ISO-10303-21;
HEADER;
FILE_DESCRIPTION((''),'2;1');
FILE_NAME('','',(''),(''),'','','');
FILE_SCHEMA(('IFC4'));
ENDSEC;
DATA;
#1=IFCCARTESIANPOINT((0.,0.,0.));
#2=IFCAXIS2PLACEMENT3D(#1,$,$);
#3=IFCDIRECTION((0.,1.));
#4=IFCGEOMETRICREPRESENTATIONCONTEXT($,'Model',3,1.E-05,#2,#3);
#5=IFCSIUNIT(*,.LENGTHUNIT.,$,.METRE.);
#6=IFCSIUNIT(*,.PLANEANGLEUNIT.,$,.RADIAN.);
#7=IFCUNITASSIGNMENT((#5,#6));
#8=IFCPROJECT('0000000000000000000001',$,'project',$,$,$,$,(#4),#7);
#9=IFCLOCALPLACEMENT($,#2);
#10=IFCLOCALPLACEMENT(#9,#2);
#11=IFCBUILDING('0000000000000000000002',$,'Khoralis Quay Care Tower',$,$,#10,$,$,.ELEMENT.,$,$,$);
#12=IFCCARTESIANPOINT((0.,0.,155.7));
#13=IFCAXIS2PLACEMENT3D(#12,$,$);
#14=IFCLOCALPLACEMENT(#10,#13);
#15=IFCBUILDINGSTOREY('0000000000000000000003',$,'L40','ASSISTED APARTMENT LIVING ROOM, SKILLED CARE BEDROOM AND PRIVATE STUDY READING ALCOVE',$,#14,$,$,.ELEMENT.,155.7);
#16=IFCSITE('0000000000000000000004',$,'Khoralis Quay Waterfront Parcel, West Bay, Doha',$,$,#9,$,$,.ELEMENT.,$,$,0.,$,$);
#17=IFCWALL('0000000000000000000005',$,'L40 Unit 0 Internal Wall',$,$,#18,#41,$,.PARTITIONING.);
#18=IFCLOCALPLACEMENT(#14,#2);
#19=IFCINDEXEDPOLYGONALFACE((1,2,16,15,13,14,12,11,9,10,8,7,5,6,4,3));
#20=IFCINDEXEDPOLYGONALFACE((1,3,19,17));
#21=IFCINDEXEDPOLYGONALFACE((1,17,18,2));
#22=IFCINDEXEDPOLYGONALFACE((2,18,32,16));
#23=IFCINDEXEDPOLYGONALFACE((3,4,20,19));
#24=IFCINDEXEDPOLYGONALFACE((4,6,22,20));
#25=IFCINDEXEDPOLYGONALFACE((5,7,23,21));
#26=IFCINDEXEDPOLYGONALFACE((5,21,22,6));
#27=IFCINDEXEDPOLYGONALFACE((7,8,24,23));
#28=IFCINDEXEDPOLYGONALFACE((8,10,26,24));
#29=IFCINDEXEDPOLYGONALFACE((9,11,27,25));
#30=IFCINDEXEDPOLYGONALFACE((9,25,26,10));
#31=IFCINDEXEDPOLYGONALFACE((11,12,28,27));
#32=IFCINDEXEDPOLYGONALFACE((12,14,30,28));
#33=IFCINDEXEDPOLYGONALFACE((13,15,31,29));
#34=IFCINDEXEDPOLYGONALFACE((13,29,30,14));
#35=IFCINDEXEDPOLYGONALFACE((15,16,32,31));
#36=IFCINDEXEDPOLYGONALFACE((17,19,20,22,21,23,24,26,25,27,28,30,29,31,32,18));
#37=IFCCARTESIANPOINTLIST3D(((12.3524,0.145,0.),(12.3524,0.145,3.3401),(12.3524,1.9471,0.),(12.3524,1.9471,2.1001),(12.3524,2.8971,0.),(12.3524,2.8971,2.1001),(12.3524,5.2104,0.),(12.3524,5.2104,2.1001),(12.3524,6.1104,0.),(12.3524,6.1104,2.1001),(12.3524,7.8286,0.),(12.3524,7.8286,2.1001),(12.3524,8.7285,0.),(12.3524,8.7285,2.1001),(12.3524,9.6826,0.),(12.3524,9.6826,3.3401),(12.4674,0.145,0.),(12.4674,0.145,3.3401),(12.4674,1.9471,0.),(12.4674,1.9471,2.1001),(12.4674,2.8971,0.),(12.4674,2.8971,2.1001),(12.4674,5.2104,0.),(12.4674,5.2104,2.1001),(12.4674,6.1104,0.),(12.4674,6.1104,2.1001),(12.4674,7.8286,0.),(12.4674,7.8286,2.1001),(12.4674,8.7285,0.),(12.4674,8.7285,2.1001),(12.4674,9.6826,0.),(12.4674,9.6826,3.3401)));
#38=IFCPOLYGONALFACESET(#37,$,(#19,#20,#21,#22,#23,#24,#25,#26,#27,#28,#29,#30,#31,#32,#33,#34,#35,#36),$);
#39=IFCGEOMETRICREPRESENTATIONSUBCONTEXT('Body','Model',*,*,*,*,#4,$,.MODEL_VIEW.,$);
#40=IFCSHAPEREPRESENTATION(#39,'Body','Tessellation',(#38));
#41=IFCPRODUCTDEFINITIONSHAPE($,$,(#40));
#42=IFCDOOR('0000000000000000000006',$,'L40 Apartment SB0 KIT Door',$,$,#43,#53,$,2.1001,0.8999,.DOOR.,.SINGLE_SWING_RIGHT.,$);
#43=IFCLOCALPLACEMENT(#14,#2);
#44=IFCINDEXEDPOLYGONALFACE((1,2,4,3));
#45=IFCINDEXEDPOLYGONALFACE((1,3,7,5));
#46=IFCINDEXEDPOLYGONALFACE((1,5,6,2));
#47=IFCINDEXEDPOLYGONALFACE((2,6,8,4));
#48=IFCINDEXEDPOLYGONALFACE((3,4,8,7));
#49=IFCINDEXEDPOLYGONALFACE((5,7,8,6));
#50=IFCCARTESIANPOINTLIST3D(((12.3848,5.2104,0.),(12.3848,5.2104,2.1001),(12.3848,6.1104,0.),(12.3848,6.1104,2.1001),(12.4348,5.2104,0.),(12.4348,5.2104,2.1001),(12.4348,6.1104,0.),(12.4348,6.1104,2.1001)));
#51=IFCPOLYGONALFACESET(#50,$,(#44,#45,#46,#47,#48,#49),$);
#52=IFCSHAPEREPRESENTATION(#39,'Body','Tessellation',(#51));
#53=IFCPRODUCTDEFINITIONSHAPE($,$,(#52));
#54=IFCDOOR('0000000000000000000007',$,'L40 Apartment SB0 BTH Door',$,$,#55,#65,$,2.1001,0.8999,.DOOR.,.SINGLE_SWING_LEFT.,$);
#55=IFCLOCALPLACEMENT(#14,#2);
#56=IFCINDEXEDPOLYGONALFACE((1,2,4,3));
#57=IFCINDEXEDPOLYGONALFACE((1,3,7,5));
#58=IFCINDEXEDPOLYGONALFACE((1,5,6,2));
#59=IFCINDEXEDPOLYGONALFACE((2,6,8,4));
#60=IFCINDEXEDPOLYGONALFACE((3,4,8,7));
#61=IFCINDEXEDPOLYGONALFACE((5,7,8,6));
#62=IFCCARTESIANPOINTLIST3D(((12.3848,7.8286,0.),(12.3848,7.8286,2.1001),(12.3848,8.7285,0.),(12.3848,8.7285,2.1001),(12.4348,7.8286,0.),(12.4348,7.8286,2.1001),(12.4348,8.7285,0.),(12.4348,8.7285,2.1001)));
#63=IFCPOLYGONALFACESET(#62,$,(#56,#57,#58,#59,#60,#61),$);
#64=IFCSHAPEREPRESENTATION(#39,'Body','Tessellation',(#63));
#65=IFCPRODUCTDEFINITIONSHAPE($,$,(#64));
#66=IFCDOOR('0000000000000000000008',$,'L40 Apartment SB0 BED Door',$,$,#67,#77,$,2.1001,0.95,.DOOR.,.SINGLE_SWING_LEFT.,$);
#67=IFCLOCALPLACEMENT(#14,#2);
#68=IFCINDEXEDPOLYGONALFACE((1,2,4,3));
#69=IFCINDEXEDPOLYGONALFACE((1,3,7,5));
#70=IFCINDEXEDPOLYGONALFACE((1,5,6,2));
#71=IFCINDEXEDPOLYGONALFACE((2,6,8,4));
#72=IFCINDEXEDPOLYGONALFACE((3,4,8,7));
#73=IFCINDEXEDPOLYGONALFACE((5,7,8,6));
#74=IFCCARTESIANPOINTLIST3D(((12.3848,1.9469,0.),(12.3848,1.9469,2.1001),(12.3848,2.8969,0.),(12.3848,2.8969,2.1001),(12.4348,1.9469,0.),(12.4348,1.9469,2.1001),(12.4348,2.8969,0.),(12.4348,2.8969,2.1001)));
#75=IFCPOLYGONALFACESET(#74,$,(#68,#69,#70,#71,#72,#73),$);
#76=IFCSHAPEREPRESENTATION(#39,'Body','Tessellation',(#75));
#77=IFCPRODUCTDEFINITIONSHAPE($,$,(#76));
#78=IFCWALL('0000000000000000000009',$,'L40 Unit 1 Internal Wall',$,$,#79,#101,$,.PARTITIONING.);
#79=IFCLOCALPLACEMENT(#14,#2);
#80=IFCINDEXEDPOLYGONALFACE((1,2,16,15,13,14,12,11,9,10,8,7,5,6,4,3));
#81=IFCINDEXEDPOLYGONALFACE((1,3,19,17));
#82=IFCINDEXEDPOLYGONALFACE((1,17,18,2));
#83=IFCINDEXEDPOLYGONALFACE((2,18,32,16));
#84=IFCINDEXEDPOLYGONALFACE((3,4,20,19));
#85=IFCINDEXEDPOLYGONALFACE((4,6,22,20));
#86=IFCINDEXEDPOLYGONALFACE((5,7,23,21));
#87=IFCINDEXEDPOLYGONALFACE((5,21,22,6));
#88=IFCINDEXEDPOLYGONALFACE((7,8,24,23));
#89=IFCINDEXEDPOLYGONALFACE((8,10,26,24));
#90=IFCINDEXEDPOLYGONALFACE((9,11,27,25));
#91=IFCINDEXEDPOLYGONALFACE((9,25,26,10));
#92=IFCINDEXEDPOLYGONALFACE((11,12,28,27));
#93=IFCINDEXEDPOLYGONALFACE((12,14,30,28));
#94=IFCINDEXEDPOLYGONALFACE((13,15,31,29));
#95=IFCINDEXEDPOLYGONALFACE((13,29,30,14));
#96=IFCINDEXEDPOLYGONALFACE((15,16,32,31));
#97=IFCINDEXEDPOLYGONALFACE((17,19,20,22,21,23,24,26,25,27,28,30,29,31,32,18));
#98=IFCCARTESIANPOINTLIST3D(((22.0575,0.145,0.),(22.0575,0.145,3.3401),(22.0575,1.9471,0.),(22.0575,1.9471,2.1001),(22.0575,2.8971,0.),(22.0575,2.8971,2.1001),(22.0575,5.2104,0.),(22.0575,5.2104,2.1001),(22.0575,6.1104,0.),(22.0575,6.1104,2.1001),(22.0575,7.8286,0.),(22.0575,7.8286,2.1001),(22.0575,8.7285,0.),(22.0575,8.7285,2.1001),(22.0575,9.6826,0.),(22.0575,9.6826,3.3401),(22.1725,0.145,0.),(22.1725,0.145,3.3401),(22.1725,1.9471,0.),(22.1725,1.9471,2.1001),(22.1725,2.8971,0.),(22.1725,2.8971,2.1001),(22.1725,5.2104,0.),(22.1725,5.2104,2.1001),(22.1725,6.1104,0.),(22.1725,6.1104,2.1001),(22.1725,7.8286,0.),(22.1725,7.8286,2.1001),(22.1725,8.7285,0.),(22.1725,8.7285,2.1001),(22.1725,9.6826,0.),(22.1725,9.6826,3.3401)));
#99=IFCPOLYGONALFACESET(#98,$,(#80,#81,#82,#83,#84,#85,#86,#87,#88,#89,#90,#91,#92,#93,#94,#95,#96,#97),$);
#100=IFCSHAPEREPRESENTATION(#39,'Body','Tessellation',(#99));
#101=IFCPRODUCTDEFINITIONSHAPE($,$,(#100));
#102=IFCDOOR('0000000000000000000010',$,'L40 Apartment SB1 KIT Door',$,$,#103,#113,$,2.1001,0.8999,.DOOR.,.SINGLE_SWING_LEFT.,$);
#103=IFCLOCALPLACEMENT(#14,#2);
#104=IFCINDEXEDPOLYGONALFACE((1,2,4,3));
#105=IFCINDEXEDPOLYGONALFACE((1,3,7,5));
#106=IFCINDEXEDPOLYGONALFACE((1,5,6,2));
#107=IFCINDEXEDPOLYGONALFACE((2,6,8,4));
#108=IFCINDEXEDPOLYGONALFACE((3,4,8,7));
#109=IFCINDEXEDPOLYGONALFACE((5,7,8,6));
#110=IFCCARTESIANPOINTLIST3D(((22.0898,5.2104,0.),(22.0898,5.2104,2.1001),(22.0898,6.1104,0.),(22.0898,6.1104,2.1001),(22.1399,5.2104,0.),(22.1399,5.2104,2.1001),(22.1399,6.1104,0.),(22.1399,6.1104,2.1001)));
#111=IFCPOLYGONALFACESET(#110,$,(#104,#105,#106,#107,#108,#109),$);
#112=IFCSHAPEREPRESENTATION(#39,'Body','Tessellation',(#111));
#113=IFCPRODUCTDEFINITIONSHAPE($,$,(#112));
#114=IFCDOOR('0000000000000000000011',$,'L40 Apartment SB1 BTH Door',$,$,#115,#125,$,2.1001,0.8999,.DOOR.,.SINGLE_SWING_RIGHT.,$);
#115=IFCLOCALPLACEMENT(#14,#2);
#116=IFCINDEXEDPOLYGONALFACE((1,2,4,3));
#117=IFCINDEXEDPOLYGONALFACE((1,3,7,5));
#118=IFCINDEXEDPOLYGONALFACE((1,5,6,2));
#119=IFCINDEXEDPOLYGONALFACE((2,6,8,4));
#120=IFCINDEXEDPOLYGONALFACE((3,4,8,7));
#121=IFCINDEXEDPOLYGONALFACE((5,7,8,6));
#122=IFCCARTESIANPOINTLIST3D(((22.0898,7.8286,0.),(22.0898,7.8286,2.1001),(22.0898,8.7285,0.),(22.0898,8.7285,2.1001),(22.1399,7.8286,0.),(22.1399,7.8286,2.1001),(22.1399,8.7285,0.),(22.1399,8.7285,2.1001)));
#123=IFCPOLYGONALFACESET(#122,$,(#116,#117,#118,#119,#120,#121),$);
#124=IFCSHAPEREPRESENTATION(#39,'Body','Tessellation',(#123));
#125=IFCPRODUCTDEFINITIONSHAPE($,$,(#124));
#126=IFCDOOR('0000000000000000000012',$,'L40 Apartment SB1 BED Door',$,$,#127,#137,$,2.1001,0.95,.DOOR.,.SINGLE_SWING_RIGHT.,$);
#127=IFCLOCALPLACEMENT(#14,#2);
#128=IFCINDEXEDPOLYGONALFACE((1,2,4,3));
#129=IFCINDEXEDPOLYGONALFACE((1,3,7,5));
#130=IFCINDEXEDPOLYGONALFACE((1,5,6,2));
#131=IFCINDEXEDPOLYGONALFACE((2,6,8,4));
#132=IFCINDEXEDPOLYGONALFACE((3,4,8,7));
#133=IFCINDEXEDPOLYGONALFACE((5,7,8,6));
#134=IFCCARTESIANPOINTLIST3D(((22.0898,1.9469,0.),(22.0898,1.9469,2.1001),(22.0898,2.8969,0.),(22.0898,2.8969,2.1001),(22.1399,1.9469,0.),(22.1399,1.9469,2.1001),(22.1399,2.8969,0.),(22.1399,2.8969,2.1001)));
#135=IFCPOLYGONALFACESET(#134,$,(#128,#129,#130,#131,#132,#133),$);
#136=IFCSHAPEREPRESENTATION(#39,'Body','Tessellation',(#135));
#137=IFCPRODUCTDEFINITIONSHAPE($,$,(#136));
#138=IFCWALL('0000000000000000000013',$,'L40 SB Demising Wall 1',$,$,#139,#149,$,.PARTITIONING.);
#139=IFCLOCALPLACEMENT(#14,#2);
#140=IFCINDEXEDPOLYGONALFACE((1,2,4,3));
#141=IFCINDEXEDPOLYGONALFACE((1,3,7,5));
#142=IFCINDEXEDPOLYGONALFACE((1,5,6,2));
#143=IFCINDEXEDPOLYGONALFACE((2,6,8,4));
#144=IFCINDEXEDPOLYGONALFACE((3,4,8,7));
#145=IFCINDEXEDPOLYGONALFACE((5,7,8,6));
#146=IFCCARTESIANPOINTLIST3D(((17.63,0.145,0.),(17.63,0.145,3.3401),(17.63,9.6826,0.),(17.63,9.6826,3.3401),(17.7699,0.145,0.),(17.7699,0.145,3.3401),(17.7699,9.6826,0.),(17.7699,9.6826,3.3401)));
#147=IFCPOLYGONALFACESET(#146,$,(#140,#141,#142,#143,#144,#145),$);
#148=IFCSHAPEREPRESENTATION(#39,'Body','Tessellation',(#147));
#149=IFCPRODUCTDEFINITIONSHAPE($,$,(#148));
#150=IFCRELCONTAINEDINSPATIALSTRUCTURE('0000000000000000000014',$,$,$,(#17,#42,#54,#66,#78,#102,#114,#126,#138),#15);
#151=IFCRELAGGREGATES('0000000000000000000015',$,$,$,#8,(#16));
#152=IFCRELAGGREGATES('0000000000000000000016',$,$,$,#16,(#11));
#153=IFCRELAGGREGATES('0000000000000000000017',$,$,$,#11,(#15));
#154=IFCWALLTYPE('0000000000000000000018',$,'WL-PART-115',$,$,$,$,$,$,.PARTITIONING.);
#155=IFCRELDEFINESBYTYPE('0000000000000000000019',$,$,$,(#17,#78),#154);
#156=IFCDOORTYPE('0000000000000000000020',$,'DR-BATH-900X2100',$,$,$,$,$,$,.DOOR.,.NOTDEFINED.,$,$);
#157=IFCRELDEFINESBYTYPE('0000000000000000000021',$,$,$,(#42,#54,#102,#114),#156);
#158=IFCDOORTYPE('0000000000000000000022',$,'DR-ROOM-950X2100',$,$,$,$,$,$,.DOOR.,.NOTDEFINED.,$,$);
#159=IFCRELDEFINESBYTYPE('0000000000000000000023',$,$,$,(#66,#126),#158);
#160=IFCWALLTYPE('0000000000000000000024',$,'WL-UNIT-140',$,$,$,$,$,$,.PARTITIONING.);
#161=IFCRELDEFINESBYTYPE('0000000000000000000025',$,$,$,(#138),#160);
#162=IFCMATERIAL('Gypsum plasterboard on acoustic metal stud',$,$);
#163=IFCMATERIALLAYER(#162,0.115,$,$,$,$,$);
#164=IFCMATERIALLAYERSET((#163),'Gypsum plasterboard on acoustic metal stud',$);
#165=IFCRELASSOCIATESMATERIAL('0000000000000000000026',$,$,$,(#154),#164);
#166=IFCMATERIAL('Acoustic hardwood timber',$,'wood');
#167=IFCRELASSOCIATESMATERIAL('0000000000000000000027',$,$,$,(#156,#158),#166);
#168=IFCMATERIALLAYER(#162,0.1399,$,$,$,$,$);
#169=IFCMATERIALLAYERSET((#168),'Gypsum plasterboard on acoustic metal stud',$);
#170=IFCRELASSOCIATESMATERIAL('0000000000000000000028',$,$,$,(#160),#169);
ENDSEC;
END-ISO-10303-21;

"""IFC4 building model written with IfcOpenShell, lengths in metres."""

from ifc_helpers import new_model, si_unit, direction, frame, frame_2d, origin, place, context, subcontext, project, spatial, rectangle, extrude, source, transform, mapped, material, layer, layer_set, type_object, element, fill, save


model = new_model("IFC4")

# Units and contexts
model_context = context("Model", 3, precision=1e-05, world=origin(), true_north=direction((0.0, 1.0)))
body_context = subcontext(model_context, "Body", "Model", "MODEL_VIEW")
ifc_project = project(units=[si_unit("LENGTHUNIT", "METRE"), si_unit("PLANEANGLEUNIT", "RADIAN")], contexts=[model_context])

# Site, building, storey
site_placement = place(None, origin())
site = spatial("IfcSite", under=ifc_project, at=site_placement, Name="Khoralis Quay Waterfront Parcel, West Bay, Doha", CompositionType="ELEMENT", RefElevation=0.0)
building_placement = place(site_placement, origin())
building = spatial("IfcBuilding", under=site, at=building_placement, Name="Khoralis Quay Care Tower", CompositionType="ELEMENT")
storey_placement = place(building_placement, frame((0.0, 0.0, 155.7)))
storey = spatial("IfcBuildingStorey", under=building, at=storey_placement, Name="L40", Description="ASSISTED APARTMENT LIVING ROOM, SKILLED CARE BEDROOM AND PRIVATE STUDY READING ALCOVE", CompositionType="ELEMENT", Elevation=155.7)

# Walls, openings, doors
ifc_material_1 = material(Name="Gypsum plasterboard on acoustic metal stud")
ifc_layer_1 = layer(ifc_material_1, 0.115)
ifc_layer_set_1 = layer_set([ifc_layer_1], Name="Gypsum plasterboard on acoustic metal stud")
wall_type_1 = type_object("IfcWallType", Name="WL-PART-115", PredefinedType="PARTITIONING", material=ifc_layer_set_1)
wall_1_placement = place(storey_placement, frame((12.4099, 0.145, 0.0), z_axis=(0.0, 0.0, 1.0), x_axis=(0.0, 1.0, 0.0)))
wall_1 = element("IfcWall", 1, at=wall_1_placement, inside=storey, type_object=wall_type_1, Name="L40 Unit 0 Internal Wall", PredefinedType="PARTITIONING", context=body_context, shape_type="SweptSolid", body=[
    extrude(rectangle(XDim=9.5376, YDim=0.115, at=frame_2d((4.7688, 0.0))), origin(), (0.0, 0.0, 1.0), 3.3401),
])
opening_1_placement = place(wall_1_placement, frame((1.802, 0.0, 0.0)))
opening_1 = element("IfcOpeningElement", 2, at=opening_1_placement, cuts=wall_1, PredefinedType="OPENING", context=body_context, shape_type="SweptSolid", body=[
    extrude(rectangle(XDim=0.95, YDim=2.1001, at=frame_2d((0.4751, 1.05))), frame((0.0, 0.0674, 0.0), z_axis=(0.0, -1.0, 0.0), x_axis=(1.0, 0.0, 0.0)), (0.0, 0.0, 1.0), 0.135),
])
opening_2_placement = place(wall_1_placement, frame((5.0654, 0.0, 0.0)))
opening_2 = element("IfcOpeningElement", 3, at=opening_2_placement, cuts=wall_1, PredefinedType="OPENING", context=body_context, shape_type="SweptSolid", body=[
    extrude(rectangle(XDim=0.8999, YDim=2.1001, at=frame_2d((0.45, 1.05))), frame((0.0, 0.0674, 0.0), z_axis=(0.0, -1.0, 0.0), x_axis=(1.0, 0.0, 0.0)), (0.0, 0.0, 1.0), 0.135),
])
opening_3_placement = place(wall_1_placement, frame((7.6836, 0.0, 0.0)))
opening_3 = element("IfcOpeningElement", 4, at=opening_3_placement, cuts=wall_1, PredefinedType="OPENING", context=body_context, shape_type="SweptSolid", body=[
    extrude(rectangle(XDim=0.8999, YDim=2.1001, at=frame_2d((0.45, 1.05))), frame((0.0, 0.0674, 0.0), z_axis=(0.0, -1.0, 0.0), x_axis=(1.0, 0.0, 0.0)), (0.0, 0.0, 1.0), 0.135),
])
ifc_material_2 = material(Name="Acoustic hardwood timber", Category="wood")
door_type_1 = type_object("IfcDoorType", Name="DR-BATH-900X2100", OperationType="NOTDEFINED", PredefinedType="DOOR", material=ifc_material_2)
shared_shape_1 = source(origin(), body_context, "Body", "SweptSolid", [
    extrude(rectangle(XDim=0.8999, YDim=2.1001, at=frame_2d((0.45, 1.05))), frame((0.0, 0.0249, 0.0), z_axis=(0.0, -1.0, 0.0), x_axis=(1.0, 0.0, 0.0)), (0.0, 0.0, 1.0), 0.05),
])
door_1_placement = place(opening_2_placement, frame((0.8999, 0.0, 0.0), z_axis=(0.0, 0.0, 1.0), x_axis=(-1.0, 0.0, 0.0)))
door_1 = element("IfcDoor", 5, at=door_1_placement, inside=storey, type_object=door_type_1, Name="L40 Apartment SB0 KIT Door", OperationType="SINGLE_SWING_RIGHT", OverallHeight=2.1001, OverallWidth=0.8999, PredefinedType="DOOR", context=body_context, shape_type="MappedRepresentation", body=[
    mapped(shared_shape_1, transform((0.0, 0.0, 0.0), scale=1.0)),
])
fill(opening_2, door_1)
door_2_placement = place(opening_3_placement, frame((0.8999, 0.0, 0.0), z_axis=(0.0, 0.0, 1.0), x_axis=(-1.0, 0.0, 0.0)))
door_2 = element("IfcDoor", 6, at=door_2_placement, inside=storey, type_object=door_type_1, Name="L40 Apartment SB0 BTH Door", OperationType="SINGLE_SWING_LEFT", OverallHeight=2.1001, OverallWidth=0.8999, PredefinedType="DOOR", context=body_context, shape_type="MappedRepresentation", body=[
    mapped(shared_shape_1, transform((0.0, 0.0, 0.0), scale=1.0)),
])
fill(opening_3, door_2)
door_type_2 = type_object("IfcDoorType", Name="DR-ROOM-950X2100", OperationType="NOTDEFINED", PredefinedType="DOOR", material=ifc_material_2)
shared_shape_2 = source(origin(), body_context, "Body", "SweptSolid", [
    extrude(rectangle(XDim=0.95, YDim=2.1001, at=frame_2d((0.4751, 1.05))), frame((0.0, 0.0249, 0.0), z_axis=(0.0, -1.0, 0.0), x_axis=(1.0, 0.0, 0.0)), (0.0, 0.0, 1.0), 0.05),
])
door_3_placement = place(opening_1_placement, frame((0.95, 0.0, 0.0), z_axis=(0.0, 0.0, 1.0), x_axis=(-1.0, 0.0, 0.0)))
door_3 = element("IfcDoor", 7, at=door_3_placement, inside=storey, type_object=door_type_2, Name="L40 Apartment SB0 BED Door", OperationType="SINGLE_SWING_LEFT", OverallHeight=2.1001, OverallWidth=0.95, PredefinedType="DOOR", context=body_context, shape_type="MappedRepresentation", body=[
    mapped(shared_shape_2, transform((0.0, 0.0, 0.0), scale=1.0)),
])
fill(opening_1, door_3)
wall_2_placement = place(storey_placement, frame((22.115, 0.145, 0.0), z_axis=(0.0, 0.0, 1.0), x_axis=(0.0, 1.0, 0.0)))
wall_2 = element("IfcWall", 8, at=wall_2_placement, inside=storey, type_object=wall_type_1, Name="L40 Unit 1 Internal Wall", PredefinedType="PARTITIONING", context=body_context, shape_type="SweptSolid", body=[
    extrude(rectangle(XDim=9.5376, YDim=0.115, at=frame_2d((4.7688, 0.0))), origin(), (0.0, 0.0, 1.0), 3.3401),
])
opening_4_placement = place(wall_2_placement, frame((1.802, 0.0, 0.0)))
opening_4 = element("IfcOpeningElement", 9, at=opening_4_placement, cuts=wall_2, PredefinedType="OPENING", context=body_context, shape_type="SweptSolid", body=[
    extrude(rectangle(XDim=0.95, YDim=2.1001, at=frame_2d((0.4751, 1.05))), frame((0.0, 0.0674, 0.0), z_axis=(0.0, -1.0, 0.0), x_axis=(1.0, 0.0, 0.0)), (0.0, 0.0, 1.0), 0.135),
])
opening_5_placement = place(wall_2_placement, frame((5.0654, 0.0, 0.0)))
opening_5 = element("IfcOpeningElement", 10, at=opening_5_placement, cuts=wall_2, PredefinedType="OPENING", context=body_context, shape_type="SweptSolid", body=[
    extrude(rectangle(XDim=0.8999, YDim=2.1001, at=frame_2d((0.45, 1.05))), frame((0.0, 0.0674, 0.0), z_axis=(0.0, -1.0, 0.0), x_axis=(1.0, 0.0, 0.0)), (0.0, 0.0, 1.0), 0.135),
])
opening_6_placement = place(wall_2_placement, frame((7.6836, 0.0, 0.0)))
opening_6 = element("IfcOpeningElement", 11, at=opening_6_placement, cuts=wall_2, PredefinedType="OPENING", context=body_context, shape_type="SweptSolid", body=[
    extrude(rectangle(XDim=0.8999, YDim=2.1001, at=frame_2d((0.45, 1.05))), frame((0.0, 0.0674, 0.0), z_axis=(0.0, -1.0, 0.0), x_axis=(1.0, 0.0, 0.0)), (0.0, 0.0, 1.0), 0.135),
])
door_4_placement = place(opening_5_placement, frame((0.8999, 0.0, 0.0), z_axis=(0.0, 0.0, 1.0), x_axis=(-1.0, 0.0, 0.0)))
door_4 = element("IfcDoor", 12, at=door_4_placement, inside=storey, type_object=door_type_1, Name="L40 Apartment SB1 KIT Door", OperationType="SINGLE_SWING_LEFT", OverallHeight=2.1001, OverallWidth=0.8999, PredefinedType="DOOR", context=body_context, shape_type="MappedRepresentation", body=[
    mapped(shared_shape_1, transform((0.0, 0.0, 0.0), scale=1.0)),
])
fill(opening_5, door_4)
door_5_placement = place(opening_6_placement, frame((0.8999, 0.0, 0.0), z_axis=(0.0, 0.0, 1.0), x_axis=(-1.0, 0.0, 0.0)))
door_5 = element("IfcDoor", 13, at=door_5_placement, inside=storey, type_object=door_type_1, Name="L40 Apartment SB1 BTH Door", OperationType="SINGLE_SWING_RIGHT", OverallHeight=2.1001, OverallWidth=0.8999, PredefinedType="DOOR", context=body_context, shape_type="MappedRepresentation", body=[
    mapped(shared_shape_1, transform((0.0, 0.0, 0.0), scale=1.0)),
])
fill(opening_6, door_5)
door_6_placement = place(opening_4_placement, frame((0.95, 0.0, 0.0), z_axis=(0.0, 0.0, 1.0), x_axis=(-1.0, 0.0, 0.0)))
door_6 = element("IfcDoor", 14, at=door_6_placement, inside=storey, type_object=door_type_2, Name="L40 Apartment SB1 BED Door", OperationType="SINGLE_SWING_RIGHT", OverallHeight=2.1001, OverallWidth=0.95, PredefinedType="DOOR", context=body_context, shape_type="MappedRepresentation", body=[
    mapped(shared_shape_2, transform((0.0, 0.0, 0.0), scale=1.0)),
])
fill(opening_4, door_6)

# Wall
ifc_layer_2 = layer(ifc_material_1, 0.1399)
ifc_layer_set_2 = layer_set([ifc_layer_2], Name="Gypsum plasterboard on acoustic metal stud")
wall_type_2 = type_object("IfcWallType", Name="WL-UNIT-140", PredefinedType="PARTITIONING", material=ifc_layer_set_2)
wall_3_placement = place(storey_placement, frame((17.7, 0.145, 0.0), z_axis=(0.0, 0.0, 1.0), x_axis=(0.0, 1.0, 0.0)))
element("IfcWall", 15, at=wall_3_placement, inside=storey, type_object=wall_type_2, Name="L40 SB Demising Wall 1", PredefinedType="PARTITIONING", context=body_context, shape_type="SweptSolid", body=[
    extrude(rectangle(XDim=9.5376, YDim=0.1399, at=frame_2d((4.7688, 0.0))), origin(), (0.0, 0.0, 1.0), 3.3401),
])

save(model, "model.ifc")
